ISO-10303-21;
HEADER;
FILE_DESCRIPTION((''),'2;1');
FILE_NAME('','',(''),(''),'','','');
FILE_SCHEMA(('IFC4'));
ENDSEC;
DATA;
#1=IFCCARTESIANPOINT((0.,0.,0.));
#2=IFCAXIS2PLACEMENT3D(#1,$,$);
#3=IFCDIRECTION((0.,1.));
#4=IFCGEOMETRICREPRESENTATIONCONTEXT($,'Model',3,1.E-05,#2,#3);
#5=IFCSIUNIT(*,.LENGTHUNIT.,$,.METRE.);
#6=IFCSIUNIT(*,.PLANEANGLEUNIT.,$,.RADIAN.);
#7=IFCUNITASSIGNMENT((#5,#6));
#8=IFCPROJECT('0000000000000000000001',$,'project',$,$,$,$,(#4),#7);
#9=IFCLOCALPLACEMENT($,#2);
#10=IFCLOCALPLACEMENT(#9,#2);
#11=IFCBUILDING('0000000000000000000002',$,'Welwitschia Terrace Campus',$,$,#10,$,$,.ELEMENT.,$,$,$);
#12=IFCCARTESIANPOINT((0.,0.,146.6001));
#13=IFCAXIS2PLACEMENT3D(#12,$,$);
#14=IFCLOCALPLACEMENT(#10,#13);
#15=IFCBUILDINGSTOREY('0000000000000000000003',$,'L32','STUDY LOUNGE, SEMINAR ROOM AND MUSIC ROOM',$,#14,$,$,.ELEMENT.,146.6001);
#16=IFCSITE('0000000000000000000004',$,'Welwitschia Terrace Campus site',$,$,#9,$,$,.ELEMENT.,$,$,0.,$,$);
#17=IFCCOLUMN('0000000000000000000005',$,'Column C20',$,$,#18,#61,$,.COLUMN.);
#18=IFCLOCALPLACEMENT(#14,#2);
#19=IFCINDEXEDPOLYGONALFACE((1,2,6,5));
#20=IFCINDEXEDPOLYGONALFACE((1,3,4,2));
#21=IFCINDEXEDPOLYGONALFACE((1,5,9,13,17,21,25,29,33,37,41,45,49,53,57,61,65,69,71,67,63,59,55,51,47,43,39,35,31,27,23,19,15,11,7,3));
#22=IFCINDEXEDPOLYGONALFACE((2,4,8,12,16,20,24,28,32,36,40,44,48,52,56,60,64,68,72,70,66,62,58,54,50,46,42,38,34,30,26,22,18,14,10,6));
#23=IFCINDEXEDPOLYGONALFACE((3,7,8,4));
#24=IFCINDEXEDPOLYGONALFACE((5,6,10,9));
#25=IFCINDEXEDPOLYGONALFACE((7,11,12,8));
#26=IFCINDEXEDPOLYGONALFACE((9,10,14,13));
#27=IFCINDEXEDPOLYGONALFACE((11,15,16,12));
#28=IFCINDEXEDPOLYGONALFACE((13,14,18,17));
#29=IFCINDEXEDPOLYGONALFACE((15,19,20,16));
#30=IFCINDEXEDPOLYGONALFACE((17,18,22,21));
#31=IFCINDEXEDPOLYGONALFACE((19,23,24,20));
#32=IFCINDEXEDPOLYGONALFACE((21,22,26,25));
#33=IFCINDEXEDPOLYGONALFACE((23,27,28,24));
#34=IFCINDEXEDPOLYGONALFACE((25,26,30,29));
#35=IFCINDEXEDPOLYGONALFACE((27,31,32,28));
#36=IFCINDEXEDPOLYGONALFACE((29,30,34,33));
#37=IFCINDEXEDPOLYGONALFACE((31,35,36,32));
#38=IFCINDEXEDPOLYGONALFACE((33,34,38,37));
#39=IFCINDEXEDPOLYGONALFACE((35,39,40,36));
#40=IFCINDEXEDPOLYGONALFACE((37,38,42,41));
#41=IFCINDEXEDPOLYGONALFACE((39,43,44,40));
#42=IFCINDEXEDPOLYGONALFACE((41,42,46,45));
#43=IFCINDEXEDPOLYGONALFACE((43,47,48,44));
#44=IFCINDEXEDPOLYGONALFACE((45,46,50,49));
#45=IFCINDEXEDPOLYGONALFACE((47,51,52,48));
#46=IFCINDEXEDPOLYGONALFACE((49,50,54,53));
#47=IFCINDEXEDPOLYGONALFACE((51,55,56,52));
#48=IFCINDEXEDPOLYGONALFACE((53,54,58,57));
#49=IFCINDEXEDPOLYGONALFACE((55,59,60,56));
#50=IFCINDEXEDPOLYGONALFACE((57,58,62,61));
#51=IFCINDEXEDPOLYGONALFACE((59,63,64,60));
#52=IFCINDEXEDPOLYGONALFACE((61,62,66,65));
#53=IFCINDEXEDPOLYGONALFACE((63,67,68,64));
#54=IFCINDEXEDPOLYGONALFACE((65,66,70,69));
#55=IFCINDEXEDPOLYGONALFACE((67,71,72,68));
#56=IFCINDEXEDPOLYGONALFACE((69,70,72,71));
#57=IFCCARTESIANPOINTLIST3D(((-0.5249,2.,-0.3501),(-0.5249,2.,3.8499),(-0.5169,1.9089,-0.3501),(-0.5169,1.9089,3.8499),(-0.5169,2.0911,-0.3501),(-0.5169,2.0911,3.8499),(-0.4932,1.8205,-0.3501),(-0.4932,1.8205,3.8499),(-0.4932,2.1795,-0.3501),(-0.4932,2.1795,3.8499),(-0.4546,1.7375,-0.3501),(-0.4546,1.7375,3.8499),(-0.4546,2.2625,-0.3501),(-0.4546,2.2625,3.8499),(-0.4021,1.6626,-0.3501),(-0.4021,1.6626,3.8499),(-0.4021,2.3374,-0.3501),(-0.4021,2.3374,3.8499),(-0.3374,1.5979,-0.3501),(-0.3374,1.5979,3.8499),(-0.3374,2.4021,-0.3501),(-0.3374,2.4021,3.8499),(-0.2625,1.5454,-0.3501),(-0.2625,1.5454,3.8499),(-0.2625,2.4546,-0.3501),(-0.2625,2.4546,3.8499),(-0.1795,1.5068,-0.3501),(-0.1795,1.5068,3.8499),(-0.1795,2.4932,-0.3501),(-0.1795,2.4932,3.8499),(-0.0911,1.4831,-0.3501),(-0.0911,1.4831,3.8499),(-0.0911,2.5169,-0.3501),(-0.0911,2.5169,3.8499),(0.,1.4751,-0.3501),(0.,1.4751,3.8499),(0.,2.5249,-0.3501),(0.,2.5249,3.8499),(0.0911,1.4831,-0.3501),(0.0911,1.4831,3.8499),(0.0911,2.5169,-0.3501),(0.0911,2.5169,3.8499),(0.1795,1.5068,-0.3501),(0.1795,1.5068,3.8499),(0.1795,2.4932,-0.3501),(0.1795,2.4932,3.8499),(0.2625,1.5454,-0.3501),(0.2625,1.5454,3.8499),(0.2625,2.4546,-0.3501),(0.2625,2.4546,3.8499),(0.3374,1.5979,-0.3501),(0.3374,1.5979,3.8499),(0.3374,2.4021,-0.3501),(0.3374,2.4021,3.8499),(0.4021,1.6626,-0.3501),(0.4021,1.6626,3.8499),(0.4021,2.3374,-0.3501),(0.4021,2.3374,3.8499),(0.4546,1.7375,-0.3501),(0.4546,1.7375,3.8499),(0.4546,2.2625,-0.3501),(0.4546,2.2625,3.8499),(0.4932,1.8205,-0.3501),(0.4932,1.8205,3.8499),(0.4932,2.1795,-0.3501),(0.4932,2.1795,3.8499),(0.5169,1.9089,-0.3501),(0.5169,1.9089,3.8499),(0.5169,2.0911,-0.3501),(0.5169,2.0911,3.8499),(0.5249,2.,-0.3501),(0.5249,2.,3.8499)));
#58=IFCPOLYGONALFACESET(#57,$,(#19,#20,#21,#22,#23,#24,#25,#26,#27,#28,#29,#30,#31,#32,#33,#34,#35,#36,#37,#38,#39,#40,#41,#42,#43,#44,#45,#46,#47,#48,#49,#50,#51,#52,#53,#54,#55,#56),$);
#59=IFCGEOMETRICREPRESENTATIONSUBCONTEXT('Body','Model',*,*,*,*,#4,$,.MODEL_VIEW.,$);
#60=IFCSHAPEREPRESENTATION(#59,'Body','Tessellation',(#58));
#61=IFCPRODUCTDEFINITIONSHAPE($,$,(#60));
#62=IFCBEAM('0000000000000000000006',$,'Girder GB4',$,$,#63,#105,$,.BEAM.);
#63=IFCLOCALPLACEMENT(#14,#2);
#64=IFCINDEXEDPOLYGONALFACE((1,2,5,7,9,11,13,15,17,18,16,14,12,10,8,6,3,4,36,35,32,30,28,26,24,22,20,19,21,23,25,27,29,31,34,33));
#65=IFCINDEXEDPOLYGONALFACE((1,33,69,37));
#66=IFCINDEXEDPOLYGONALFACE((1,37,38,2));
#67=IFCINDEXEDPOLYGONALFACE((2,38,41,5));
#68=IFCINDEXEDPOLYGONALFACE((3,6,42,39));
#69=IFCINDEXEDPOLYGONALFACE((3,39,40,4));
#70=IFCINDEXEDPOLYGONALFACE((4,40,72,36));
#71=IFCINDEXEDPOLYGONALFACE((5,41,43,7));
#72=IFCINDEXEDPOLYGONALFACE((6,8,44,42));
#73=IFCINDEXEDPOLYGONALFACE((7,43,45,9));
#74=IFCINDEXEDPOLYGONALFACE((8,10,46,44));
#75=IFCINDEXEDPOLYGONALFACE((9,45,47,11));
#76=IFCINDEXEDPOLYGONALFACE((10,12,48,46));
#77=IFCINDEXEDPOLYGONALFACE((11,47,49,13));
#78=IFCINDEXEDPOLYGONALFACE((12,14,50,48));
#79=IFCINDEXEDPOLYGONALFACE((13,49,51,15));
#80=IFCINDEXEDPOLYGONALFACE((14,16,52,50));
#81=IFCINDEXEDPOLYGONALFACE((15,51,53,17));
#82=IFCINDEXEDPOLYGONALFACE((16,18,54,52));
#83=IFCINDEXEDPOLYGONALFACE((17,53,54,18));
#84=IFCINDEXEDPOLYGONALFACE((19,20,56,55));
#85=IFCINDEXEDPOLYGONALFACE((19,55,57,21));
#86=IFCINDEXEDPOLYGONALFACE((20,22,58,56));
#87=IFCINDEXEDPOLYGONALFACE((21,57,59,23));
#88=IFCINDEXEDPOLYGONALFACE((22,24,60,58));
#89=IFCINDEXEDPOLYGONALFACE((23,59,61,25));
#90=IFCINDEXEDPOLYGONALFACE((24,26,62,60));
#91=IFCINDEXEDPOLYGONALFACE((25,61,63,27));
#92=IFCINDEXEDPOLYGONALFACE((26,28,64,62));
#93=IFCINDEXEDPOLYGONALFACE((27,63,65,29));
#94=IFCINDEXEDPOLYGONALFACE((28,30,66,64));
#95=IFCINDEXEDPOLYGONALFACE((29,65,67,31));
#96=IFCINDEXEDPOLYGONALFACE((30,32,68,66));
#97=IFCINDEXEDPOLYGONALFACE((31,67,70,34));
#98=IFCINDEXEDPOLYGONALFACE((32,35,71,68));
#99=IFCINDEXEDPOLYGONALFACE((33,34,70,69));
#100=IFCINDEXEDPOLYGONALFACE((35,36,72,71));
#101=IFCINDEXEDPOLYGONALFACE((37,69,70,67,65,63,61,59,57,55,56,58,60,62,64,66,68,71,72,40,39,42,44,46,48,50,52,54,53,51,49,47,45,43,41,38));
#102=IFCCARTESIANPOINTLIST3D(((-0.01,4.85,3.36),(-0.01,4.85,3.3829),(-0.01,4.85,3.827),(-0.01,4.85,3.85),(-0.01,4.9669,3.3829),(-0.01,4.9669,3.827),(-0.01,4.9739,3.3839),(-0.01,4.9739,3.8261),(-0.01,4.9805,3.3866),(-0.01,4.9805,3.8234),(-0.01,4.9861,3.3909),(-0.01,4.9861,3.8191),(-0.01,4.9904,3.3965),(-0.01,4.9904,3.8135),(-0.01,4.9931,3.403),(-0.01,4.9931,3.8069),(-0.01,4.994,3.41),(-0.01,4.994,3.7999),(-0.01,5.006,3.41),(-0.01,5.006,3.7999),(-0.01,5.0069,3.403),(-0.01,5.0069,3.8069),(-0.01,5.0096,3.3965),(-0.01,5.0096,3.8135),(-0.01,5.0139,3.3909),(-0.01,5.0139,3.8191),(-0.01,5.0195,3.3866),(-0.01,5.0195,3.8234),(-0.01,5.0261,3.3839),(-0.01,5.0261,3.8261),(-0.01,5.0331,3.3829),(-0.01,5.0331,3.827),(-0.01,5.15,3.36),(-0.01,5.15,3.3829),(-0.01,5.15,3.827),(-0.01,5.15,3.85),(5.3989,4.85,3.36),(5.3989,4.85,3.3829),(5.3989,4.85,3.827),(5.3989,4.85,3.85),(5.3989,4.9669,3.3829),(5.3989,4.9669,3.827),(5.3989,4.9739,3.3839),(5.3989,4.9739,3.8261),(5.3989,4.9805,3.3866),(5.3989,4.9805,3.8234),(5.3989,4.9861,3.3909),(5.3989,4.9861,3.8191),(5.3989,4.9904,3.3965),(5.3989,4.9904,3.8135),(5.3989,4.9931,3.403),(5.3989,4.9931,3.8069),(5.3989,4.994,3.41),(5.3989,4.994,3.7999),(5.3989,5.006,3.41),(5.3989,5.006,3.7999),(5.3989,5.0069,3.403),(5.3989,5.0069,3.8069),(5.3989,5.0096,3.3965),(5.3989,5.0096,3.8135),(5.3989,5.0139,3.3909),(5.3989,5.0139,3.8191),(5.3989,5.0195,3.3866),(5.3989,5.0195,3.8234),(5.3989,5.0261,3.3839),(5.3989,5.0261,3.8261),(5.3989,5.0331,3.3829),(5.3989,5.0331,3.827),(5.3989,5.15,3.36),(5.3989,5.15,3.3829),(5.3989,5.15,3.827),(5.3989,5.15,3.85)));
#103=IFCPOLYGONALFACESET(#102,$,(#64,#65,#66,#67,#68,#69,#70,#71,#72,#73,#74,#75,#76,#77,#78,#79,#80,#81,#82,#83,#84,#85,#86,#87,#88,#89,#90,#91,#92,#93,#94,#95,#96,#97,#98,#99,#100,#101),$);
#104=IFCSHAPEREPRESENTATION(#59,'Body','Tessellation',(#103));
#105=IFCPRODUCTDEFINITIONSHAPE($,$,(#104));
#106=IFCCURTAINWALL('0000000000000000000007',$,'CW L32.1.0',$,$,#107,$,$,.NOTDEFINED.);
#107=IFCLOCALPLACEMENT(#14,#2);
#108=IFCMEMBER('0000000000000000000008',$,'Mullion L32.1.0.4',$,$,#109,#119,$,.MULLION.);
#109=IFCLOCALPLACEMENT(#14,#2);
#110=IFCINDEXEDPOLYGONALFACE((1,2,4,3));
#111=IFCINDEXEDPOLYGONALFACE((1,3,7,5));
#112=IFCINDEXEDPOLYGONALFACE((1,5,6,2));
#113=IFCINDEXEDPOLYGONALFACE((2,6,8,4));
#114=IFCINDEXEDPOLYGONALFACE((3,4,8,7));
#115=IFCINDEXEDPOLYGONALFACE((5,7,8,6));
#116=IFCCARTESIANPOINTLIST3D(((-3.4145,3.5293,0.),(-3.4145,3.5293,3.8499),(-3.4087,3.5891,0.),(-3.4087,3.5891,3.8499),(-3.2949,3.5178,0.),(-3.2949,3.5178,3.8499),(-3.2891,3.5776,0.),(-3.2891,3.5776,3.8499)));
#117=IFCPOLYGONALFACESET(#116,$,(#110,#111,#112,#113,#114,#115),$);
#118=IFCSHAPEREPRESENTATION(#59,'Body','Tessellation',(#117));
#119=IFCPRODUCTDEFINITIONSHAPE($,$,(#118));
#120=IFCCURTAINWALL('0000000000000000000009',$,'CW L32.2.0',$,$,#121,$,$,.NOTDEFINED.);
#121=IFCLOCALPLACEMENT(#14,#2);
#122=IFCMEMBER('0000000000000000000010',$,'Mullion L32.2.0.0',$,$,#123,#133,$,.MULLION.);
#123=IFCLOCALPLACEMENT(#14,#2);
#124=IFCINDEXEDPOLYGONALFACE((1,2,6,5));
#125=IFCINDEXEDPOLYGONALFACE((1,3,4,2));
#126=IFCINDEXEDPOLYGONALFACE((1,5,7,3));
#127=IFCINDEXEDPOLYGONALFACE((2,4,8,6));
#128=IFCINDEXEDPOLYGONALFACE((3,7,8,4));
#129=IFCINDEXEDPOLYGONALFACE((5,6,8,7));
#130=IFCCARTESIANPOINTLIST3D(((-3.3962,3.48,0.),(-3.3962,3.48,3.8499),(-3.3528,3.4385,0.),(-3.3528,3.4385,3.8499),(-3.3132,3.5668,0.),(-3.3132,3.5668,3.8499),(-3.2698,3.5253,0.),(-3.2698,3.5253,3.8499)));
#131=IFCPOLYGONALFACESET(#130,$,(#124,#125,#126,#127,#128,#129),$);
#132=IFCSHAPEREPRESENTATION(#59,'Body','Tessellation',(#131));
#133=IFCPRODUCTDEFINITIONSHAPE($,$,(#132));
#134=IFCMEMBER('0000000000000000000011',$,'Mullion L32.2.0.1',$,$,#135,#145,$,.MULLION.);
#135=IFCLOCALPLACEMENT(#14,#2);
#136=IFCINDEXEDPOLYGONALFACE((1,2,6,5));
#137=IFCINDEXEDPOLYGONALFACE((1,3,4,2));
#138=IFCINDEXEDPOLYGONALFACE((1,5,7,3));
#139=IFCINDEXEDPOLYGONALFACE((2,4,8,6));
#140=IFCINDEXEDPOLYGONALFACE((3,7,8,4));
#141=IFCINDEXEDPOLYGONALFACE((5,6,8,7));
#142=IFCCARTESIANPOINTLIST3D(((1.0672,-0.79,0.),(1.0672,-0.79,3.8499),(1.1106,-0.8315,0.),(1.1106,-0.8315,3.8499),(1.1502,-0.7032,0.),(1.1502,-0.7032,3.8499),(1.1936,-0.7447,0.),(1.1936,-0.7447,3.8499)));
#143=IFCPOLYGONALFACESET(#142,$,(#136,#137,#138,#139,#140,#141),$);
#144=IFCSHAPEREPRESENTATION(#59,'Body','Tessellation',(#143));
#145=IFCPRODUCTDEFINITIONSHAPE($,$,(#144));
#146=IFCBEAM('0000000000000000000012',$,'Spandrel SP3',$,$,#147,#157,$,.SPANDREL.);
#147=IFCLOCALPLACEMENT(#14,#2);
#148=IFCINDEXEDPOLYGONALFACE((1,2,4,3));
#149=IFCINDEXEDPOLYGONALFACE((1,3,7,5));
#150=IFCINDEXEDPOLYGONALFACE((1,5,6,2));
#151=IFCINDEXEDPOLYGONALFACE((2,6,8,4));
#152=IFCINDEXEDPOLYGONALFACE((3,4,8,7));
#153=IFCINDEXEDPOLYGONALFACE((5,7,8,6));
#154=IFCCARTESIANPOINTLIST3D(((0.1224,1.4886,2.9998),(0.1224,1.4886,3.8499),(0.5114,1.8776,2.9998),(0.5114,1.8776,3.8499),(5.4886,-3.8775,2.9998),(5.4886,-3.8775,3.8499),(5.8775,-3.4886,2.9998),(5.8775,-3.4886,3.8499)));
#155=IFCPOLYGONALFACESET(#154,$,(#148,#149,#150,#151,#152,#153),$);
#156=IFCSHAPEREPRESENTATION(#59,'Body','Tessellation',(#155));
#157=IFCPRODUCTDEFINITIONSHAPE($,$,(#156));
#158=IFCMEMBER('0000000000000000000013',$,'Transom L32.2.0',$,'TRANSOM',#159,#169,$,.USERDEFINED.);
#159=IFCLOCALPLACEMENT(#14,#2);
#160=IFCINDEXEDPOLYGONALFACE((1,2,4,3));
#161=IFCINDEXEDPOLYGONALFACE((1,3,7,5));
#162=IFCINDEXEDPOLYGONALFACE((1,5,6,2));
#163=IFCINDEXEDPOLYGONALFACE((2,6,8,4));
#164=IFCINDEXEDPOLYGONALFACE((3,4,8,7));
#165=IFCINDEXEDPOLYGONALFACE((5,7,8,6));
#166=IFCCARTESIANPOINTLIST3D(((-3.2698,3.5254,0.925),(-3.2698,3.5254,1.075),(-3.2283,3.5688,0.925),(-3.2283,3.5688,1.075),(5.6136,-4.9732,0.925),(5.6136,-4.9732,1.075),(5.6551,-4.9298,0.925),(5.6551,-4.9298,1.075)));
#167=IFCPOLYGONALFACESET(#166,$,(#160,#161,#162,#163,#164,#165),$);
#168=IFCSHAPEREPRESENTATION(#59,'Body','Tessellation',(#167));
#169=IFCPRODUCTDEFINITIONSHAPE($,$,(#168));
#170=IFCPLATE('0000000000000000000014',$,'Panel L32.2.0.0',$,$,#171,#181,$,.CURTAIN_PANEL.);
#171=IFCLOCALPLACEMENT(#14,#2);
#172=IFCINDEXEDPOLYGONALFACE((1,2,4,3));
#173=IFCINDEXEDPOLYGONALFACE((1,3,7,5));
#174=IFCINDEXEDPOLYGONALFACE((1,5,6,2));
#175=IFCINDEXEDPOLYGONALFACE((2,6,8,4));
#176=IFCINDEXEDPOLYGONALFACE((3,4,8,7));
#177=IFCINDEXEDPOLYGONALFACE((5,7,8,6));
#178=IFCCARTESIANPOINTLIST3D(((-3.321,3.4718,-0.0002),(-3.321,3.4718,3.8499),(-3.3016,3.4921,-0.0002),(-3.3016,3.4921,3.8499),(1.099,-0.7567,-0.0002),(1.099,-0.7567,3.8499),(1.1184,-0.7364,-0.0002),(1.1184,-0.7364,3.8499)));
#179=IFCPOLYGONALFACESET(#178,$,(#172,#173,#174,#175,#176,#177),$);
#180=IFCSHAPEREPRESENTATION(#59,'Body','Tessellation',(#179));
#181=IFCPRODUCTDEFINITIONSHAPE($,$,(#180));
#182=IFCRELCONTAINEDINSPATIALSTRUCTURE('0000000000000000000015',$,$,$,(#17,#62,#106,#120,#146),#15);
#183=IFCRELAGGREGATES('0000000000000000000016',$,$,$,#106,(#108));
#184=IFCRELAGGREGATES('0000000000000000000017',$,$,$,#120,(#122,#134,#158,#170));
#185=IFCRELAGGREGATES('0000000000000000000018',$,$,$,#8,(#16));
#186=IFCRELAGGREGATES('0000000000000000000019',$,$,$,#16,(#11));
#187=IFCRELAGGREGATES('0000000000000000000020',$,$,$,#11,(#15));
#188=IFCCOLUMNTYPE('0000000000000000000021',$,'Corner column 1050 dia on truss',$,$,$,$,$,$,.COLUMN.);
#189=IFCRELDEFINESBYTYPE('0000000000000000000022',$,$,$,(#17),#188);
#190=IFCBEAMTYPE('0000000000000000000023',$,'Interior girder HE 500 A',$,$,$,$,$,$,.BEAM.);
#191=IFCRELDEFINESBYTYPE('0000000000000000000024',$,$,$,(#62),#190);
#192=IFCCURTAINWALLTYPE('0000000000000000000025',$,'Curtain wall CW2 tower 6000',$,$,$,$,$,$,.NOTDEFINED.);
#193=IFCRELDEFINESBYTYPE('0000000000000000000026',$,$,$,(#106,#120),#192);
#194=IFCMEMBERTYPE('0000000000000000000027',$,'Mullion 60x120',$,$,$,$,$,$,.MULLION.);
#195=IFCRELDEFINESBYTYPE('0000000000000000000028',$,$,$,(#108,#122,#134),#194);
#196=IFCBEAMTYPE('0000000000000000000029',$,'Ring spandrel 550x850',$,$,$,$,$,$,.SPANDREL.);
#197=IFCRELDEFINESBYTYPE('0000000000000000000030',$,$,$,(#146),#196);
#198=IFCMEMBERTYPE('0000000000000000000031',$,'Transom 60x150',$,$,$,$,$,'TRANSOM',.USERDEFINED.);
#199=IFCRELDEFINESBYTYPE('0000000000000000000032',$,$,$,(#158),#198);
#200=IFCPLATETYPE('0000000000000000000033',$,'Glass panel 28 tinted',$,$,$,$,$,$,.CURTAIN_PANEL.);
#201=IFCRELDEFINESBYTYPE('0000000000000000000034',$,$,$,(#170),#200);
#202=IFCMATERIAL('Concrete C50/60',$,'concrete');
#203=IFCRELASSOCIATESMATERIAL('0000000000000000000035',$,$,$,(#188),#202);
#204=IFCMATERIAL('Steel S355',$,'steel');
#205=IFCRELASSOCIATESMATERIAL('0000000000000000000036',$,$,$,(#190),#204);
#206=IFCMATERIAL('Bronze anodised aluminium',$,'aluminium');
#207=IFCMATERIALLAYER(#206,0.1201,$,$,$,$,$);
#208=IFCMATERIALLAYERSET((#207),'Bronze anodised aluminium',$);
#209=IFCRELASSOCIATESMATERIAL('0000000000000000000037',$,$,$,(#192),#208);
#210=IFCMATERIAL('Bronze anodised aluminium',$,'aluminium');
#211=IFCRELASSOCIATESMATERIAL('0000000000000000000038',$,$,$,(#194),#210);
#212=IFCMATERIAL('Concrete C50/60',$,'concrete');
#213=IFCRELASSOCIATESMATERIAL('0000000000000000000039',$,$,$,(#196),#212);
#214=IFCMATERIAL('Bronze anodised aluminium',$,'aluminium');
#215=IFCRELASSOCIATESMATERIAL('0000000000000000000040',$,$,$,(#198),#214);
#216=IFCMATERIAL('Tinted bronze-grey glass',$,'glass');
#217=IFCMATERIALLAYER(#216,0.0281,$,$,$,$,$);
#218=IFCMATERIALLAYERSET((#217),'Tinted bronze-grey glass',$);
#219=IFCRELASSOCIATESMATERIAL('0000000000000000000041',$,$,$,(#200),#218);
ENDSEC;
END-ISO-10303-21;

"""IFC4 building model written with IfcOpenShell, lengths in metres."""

from ifc_helpers import new_model, si_unit, direction, frame, origin, origin_2d, place, context, subcontext, project, spatial, rectangle, circle, i_section, extrude, material, layer, layer_set, material_profile, profile_set, type_object, element, aggregate, save


model = new_model("IFC4")

# Units and contexts
model_context = context("Model", 3, precision=1e-05, world=origin(), true_north=direction((0.0, 1.0)))
body_context = subcontext(model_context, "Body", "Model", "MODEL_VIEW")
ifc_project = project(units=[si_unit("LENGTHUNIT", "METRE"), si_unit("PLANEANGLEUNIT", "RADIAN")], contexts=[model_context])

# Site, building, storey
site_placement = place(None, origin())
site = spatial("IfcSite", under=ifc_project, at=site_placement, Name="Welwitschia Terrace Campus site", CompositionType="ELEMENT", RefElevation=0.0)
building_placement = place(site_placement, origin())
building = spatial("IfcBuilding", under=site, at=building_placement, Name="Welwitschia Terrace Campus", CompositionType="ELEMENT")
storey_placement = place(building_placement, frame((0.0, 0.0, 146.6001)))
storey = spatial("IfcBuildingStorey", under=building, at=storey_placement, Name="L32", Description="STUDY LOUNGE, SEMINAR ROOM AND MUSIC ROOM", CompositionType="ELEMENT", Elevation=146.6001)

# Column
ifc_material_1 = material(Name="Concrete C50/60", Category="concrete")
ifc_material_profile_1 = material_profile(ifc_material_1, circle(Radius=0.5249, at=origin_2d()))
ifc_profile_set_1 = profile_set([ifc_material_profile_1], Name="Concrete C50/60")
column_type = type_object("IfcColumnType", Name="Corner column 1050 dia on truss", PredefinedType="COLUMN", material=ifc_profile_set_1)
column_placement = place(storey_placement, frame((0.0, 2.0, -0.3501), z_axis=(0.0, 0.0, 1.0), x_axis=(1.0, 0.0, 0.0)))
element("IfcColumn", 1, at=column_placement, inside=storey, type_object=column_type, Name="Column C20", PredefinedType="COLUMN", context=body_context, shape_type="SweptSolid", body=[
    extrude(circle(Radius=0.5249, at=origin_2d()), origin(), (0.0, 0.0, 1.0), 4.2),
])

# Beam
ifc_material_2 = material(Name="Steel S355", Category="steel")
ifc_material_profile_2 = material_profile(ifc_material_2, i_section(OverallWidth=0.3, OverallDepth=0.49, WebThickness=0.012, FlangeThickness=0.0229, FilletRadius=0.0271, at=origin_2d()))
ifc_profile_set_2 = profile_set([ifc_material_profile_2], Name="Steel S355")
beam_type_1 = type_object("IfcBeamType", Name="Interior girder HE 500 A", PredefinedType="BEAM", material=ifc_profile_set_2)
beam_1_placement = place(storey_placement, frame((-0.01, 5.0, 3.605), z_axis=(1.0, 0.0, 0.0), x_axis=(0.0, 1.0, 0.0)))
element("IfcBeam", 2, at=beam_1_placement, inside=storey, type_object=beam_type_1, Name="Girder GB4", PredefinedType="BEAM", context=body_context, shape_type="SweptSolid", body=[
    extrude(i_section(OverallWidth=0.3, OverallDepth=0.49, WebThickness=0.012, FlangeThickness=0.0229, FilletRadius=0.0271, at=origin_2d()), origin(), (0.0, 0.0, 1.0), 5.4089),
])

# Curtain wall, member
ifc_material_3 = material(Name="Bronze anodised aluminium", Category="aluminium")
ifc_layer_1 = layer(ifc_material_3, 0.1201)
ifc_layer_set_1 = layer_set([ifc_layer_1], Name="Bronze anodised aluminium")
curtain_wall_type = type_object("IfcCurtainWallType", Name="Curtain wall CW2 tower 6000", PredefinedType="NOTDEFINED", material=ifc_layer_set_1)
curtain_wall_1_placement = place(storey_placement, origin())
curtain_wall_1 = element("IfcCurtainWall", 3, at=curtain_wall_1_placement, inside=storey, type_object=curtain_wall_type, Name="CW L32.1.0", PredefinedType="NOTDEFINED")
ifc_material_4 = material(Name="Bronze anodised aluminium", Category="aluminium")
ifc_material_profile_3 = material_profile(ifc_material_4, rectangle(XDim=0.1201, YDim=0.0601, at=origin_2d()))
ifc_profile_set_3 = profile_set([ifc_material_profile_3], Name="Bronze anodised aluminium")
member_type_1 = type_object("IfcMemberType", Name="Mullion 60x120", PredefinedType="MULLION", material=ifc_profile_set_3)
member_1_placement = place(storey_placement, frame((-3.3518, 3.5535, 0.0), z_axis=(0.0, 0.0, 1.0), x_axis=(0.995396, -0.095846, 0.0)))
member_1 = element("IfcMember", 4, at=member_1_placement, type_object=member_type_1, Name="Mullion L32.1.0.4", PredefinedType="MULLION", context=body_context, shape_type="SweptSolid", body=[
    extrude(rectangle(XDim=0.1201, YDim=0.0601, at=origin_2d()), origin(), (0.0, 0.0, 1.0), 3.8499),
])
aggregate(curtain_wall_1, [member_1])

# Curtain wall, members
curtain_wall_2_placement = place(storey_placement, origin())
curtain_wall_2 = element("IfcCurtainWall", 5, at=curtain_wall_2_placement, inside=storey, type_object=curtain_wall_type, Name="CW L32.2.0", PredefinedType="NOTDEFINED")
member_2_placement = place(storey_placement, frame((-3.333, 3.5027, 0.0), z_axis=(0.0, 0.0, 1.0), x_axis=(0.691279, 0.722588, 0.0)))
member_2 = element("IfcMember", 6, at=member_2_placement, type_object=member_type_1, Name="Mullion L32.2.0.0", PredefinedType="MULLION", context=body_context, shape_type="SweptSolid", body=[
    extrude(rectangle(XDim=0.1201, YDim=0.0601, at=origin_2d()), origin(), (0.0, 0.0, 1.0), 3.8499),
])
member_3_placement = place(storey_placement, frame((1.1304, -0.7673, 0.0), z_axis=(0.0, 0.0, 1.0), x_axis=(0.691279, 0.722588, 0.0)))
member_3 = element("IfcMember", 7, at=member_3_placement, type_object=member_type_1, Name="Mullion L32.2.0.1", PredefinedType="MULLION", context=body_context, shape_type="SweptSolid", body=[
    extrude(rectangle(XDim=0.1201, YDim=0.0601, at=origin_2d()), origin(), (0.0, 0.0, 1.0), 3.8499),
])

# Beam
ifc_material_5 = material(Name="Concrete C50/60", Category="concrete")
ifc_material_profile_4 = material_profile(ifc_material_5, rectangle(XDim=0.55, YDim=0.8501, at=origin_2d()))
ifc_profile_set_4 = profile_set([ifc_material_profile_4], Name="Concrete C50/60")
beam_type_2 = type_object("IfcBeamType", Name="Ring spandrel 550x850", PredefinedType="SPANDREL", material=ifc_profile_set_4)
beam_2_placement = place(storey_placement, frame((0.3169, 1.6831, 3.4248), z_axis=(0.707107, -0.707107, 0.0), x_axis=(0.707107, 0.707107, 0.0)))
element("IfcBeam", 8, at=beam_2_placement, inside=storey, type_object=beam_type_2, Name="Spandrel SP3", PredefinedType="SPANDREL", context=body_context, shape_type="SweptSolid", body=[
    extrude(rectangle(XDim=0.55, YDim=0.8501, at=origin_2d()), origin(), (0.0, 0.0, 1.0), 7.5889),
])

# Member
ifc_material_6 = material(Name="Bronze anodised aluminium", Category="aluminium")
ifc_material_profile_5 = material_profile(ifc_material_6, rectangle(XDim=0.0601, YDim=0.1499, at=origin_2d()))
ifc_profile_set_5 = profile_set([ifc_material_profile_5], Name="Bronze anodised aluminium")
member_type_2 = type_object("IfcMemberType", Name="Transom 60x150", ElementType="TRANSOM", PredefinedType="USERDEFINED", material=ifc_profile_set_5)
member_4_placement = place(storey_placement, frame((-3.249, 3.5471, 1.0), z_axis=(0.722582, -0.691285, 0.0), x_axis=(0.691285, 0.722582, 0.0)))
member_4 = element("IfcMember", 9, at=member_4_placement, type_object=member_type_2, Name="Transom L32.2.0", ObjectType="TRANSOM", PredefinedType="USERDEFINED", context=body_context, shape_type="SweptSolid", body=[
    extrude(rectangle(XDim=0.0601, YDim=0.1499, at=origin_2d()), origin(), (0.0, 0.0, 1.0), 12.2939),
])

# Plate
ifc_material_7 = material(Name="Tinted bronze-grey glass", Category="glass")
ifc_layer_2 = layer(ifc_material_7, 0.0281)
ifc_layer_set_2 = layer_set([ifc_layer_2], Name="Tinted bronze-grey glass")
plate_type = type_object("IfcPlateType", Name="Glass panel 28 tinted", PredefinedType="CURTAIN_PANEL", material=ifc_layer_set_2)
plate_placement = place(storey_placement, frame((-1.1013, 1.3677, -0.0002), z_axis=(0.0, 0.0, 1.0), x_axis=(0.722588, -0.691279, 0.0)))
plate = element("IfcPlate", 10, at=plate_placement, type_object=plate_type, Name="Panel L32.2.0.0", PredefinedType="CURTAIN_PANEL", context=body_context, shape_type="SweptSolid", body=[
    extrude(rectangle(XDim=6.1169, YDim=0.0281, at=origin_2d()), origin(), (0.0, 0.0, 1.0), 3.8501),
])
aggregate(curtain_wall_2, [member_2, member_3, member_4, plate])

save(model, "model.ifc")
